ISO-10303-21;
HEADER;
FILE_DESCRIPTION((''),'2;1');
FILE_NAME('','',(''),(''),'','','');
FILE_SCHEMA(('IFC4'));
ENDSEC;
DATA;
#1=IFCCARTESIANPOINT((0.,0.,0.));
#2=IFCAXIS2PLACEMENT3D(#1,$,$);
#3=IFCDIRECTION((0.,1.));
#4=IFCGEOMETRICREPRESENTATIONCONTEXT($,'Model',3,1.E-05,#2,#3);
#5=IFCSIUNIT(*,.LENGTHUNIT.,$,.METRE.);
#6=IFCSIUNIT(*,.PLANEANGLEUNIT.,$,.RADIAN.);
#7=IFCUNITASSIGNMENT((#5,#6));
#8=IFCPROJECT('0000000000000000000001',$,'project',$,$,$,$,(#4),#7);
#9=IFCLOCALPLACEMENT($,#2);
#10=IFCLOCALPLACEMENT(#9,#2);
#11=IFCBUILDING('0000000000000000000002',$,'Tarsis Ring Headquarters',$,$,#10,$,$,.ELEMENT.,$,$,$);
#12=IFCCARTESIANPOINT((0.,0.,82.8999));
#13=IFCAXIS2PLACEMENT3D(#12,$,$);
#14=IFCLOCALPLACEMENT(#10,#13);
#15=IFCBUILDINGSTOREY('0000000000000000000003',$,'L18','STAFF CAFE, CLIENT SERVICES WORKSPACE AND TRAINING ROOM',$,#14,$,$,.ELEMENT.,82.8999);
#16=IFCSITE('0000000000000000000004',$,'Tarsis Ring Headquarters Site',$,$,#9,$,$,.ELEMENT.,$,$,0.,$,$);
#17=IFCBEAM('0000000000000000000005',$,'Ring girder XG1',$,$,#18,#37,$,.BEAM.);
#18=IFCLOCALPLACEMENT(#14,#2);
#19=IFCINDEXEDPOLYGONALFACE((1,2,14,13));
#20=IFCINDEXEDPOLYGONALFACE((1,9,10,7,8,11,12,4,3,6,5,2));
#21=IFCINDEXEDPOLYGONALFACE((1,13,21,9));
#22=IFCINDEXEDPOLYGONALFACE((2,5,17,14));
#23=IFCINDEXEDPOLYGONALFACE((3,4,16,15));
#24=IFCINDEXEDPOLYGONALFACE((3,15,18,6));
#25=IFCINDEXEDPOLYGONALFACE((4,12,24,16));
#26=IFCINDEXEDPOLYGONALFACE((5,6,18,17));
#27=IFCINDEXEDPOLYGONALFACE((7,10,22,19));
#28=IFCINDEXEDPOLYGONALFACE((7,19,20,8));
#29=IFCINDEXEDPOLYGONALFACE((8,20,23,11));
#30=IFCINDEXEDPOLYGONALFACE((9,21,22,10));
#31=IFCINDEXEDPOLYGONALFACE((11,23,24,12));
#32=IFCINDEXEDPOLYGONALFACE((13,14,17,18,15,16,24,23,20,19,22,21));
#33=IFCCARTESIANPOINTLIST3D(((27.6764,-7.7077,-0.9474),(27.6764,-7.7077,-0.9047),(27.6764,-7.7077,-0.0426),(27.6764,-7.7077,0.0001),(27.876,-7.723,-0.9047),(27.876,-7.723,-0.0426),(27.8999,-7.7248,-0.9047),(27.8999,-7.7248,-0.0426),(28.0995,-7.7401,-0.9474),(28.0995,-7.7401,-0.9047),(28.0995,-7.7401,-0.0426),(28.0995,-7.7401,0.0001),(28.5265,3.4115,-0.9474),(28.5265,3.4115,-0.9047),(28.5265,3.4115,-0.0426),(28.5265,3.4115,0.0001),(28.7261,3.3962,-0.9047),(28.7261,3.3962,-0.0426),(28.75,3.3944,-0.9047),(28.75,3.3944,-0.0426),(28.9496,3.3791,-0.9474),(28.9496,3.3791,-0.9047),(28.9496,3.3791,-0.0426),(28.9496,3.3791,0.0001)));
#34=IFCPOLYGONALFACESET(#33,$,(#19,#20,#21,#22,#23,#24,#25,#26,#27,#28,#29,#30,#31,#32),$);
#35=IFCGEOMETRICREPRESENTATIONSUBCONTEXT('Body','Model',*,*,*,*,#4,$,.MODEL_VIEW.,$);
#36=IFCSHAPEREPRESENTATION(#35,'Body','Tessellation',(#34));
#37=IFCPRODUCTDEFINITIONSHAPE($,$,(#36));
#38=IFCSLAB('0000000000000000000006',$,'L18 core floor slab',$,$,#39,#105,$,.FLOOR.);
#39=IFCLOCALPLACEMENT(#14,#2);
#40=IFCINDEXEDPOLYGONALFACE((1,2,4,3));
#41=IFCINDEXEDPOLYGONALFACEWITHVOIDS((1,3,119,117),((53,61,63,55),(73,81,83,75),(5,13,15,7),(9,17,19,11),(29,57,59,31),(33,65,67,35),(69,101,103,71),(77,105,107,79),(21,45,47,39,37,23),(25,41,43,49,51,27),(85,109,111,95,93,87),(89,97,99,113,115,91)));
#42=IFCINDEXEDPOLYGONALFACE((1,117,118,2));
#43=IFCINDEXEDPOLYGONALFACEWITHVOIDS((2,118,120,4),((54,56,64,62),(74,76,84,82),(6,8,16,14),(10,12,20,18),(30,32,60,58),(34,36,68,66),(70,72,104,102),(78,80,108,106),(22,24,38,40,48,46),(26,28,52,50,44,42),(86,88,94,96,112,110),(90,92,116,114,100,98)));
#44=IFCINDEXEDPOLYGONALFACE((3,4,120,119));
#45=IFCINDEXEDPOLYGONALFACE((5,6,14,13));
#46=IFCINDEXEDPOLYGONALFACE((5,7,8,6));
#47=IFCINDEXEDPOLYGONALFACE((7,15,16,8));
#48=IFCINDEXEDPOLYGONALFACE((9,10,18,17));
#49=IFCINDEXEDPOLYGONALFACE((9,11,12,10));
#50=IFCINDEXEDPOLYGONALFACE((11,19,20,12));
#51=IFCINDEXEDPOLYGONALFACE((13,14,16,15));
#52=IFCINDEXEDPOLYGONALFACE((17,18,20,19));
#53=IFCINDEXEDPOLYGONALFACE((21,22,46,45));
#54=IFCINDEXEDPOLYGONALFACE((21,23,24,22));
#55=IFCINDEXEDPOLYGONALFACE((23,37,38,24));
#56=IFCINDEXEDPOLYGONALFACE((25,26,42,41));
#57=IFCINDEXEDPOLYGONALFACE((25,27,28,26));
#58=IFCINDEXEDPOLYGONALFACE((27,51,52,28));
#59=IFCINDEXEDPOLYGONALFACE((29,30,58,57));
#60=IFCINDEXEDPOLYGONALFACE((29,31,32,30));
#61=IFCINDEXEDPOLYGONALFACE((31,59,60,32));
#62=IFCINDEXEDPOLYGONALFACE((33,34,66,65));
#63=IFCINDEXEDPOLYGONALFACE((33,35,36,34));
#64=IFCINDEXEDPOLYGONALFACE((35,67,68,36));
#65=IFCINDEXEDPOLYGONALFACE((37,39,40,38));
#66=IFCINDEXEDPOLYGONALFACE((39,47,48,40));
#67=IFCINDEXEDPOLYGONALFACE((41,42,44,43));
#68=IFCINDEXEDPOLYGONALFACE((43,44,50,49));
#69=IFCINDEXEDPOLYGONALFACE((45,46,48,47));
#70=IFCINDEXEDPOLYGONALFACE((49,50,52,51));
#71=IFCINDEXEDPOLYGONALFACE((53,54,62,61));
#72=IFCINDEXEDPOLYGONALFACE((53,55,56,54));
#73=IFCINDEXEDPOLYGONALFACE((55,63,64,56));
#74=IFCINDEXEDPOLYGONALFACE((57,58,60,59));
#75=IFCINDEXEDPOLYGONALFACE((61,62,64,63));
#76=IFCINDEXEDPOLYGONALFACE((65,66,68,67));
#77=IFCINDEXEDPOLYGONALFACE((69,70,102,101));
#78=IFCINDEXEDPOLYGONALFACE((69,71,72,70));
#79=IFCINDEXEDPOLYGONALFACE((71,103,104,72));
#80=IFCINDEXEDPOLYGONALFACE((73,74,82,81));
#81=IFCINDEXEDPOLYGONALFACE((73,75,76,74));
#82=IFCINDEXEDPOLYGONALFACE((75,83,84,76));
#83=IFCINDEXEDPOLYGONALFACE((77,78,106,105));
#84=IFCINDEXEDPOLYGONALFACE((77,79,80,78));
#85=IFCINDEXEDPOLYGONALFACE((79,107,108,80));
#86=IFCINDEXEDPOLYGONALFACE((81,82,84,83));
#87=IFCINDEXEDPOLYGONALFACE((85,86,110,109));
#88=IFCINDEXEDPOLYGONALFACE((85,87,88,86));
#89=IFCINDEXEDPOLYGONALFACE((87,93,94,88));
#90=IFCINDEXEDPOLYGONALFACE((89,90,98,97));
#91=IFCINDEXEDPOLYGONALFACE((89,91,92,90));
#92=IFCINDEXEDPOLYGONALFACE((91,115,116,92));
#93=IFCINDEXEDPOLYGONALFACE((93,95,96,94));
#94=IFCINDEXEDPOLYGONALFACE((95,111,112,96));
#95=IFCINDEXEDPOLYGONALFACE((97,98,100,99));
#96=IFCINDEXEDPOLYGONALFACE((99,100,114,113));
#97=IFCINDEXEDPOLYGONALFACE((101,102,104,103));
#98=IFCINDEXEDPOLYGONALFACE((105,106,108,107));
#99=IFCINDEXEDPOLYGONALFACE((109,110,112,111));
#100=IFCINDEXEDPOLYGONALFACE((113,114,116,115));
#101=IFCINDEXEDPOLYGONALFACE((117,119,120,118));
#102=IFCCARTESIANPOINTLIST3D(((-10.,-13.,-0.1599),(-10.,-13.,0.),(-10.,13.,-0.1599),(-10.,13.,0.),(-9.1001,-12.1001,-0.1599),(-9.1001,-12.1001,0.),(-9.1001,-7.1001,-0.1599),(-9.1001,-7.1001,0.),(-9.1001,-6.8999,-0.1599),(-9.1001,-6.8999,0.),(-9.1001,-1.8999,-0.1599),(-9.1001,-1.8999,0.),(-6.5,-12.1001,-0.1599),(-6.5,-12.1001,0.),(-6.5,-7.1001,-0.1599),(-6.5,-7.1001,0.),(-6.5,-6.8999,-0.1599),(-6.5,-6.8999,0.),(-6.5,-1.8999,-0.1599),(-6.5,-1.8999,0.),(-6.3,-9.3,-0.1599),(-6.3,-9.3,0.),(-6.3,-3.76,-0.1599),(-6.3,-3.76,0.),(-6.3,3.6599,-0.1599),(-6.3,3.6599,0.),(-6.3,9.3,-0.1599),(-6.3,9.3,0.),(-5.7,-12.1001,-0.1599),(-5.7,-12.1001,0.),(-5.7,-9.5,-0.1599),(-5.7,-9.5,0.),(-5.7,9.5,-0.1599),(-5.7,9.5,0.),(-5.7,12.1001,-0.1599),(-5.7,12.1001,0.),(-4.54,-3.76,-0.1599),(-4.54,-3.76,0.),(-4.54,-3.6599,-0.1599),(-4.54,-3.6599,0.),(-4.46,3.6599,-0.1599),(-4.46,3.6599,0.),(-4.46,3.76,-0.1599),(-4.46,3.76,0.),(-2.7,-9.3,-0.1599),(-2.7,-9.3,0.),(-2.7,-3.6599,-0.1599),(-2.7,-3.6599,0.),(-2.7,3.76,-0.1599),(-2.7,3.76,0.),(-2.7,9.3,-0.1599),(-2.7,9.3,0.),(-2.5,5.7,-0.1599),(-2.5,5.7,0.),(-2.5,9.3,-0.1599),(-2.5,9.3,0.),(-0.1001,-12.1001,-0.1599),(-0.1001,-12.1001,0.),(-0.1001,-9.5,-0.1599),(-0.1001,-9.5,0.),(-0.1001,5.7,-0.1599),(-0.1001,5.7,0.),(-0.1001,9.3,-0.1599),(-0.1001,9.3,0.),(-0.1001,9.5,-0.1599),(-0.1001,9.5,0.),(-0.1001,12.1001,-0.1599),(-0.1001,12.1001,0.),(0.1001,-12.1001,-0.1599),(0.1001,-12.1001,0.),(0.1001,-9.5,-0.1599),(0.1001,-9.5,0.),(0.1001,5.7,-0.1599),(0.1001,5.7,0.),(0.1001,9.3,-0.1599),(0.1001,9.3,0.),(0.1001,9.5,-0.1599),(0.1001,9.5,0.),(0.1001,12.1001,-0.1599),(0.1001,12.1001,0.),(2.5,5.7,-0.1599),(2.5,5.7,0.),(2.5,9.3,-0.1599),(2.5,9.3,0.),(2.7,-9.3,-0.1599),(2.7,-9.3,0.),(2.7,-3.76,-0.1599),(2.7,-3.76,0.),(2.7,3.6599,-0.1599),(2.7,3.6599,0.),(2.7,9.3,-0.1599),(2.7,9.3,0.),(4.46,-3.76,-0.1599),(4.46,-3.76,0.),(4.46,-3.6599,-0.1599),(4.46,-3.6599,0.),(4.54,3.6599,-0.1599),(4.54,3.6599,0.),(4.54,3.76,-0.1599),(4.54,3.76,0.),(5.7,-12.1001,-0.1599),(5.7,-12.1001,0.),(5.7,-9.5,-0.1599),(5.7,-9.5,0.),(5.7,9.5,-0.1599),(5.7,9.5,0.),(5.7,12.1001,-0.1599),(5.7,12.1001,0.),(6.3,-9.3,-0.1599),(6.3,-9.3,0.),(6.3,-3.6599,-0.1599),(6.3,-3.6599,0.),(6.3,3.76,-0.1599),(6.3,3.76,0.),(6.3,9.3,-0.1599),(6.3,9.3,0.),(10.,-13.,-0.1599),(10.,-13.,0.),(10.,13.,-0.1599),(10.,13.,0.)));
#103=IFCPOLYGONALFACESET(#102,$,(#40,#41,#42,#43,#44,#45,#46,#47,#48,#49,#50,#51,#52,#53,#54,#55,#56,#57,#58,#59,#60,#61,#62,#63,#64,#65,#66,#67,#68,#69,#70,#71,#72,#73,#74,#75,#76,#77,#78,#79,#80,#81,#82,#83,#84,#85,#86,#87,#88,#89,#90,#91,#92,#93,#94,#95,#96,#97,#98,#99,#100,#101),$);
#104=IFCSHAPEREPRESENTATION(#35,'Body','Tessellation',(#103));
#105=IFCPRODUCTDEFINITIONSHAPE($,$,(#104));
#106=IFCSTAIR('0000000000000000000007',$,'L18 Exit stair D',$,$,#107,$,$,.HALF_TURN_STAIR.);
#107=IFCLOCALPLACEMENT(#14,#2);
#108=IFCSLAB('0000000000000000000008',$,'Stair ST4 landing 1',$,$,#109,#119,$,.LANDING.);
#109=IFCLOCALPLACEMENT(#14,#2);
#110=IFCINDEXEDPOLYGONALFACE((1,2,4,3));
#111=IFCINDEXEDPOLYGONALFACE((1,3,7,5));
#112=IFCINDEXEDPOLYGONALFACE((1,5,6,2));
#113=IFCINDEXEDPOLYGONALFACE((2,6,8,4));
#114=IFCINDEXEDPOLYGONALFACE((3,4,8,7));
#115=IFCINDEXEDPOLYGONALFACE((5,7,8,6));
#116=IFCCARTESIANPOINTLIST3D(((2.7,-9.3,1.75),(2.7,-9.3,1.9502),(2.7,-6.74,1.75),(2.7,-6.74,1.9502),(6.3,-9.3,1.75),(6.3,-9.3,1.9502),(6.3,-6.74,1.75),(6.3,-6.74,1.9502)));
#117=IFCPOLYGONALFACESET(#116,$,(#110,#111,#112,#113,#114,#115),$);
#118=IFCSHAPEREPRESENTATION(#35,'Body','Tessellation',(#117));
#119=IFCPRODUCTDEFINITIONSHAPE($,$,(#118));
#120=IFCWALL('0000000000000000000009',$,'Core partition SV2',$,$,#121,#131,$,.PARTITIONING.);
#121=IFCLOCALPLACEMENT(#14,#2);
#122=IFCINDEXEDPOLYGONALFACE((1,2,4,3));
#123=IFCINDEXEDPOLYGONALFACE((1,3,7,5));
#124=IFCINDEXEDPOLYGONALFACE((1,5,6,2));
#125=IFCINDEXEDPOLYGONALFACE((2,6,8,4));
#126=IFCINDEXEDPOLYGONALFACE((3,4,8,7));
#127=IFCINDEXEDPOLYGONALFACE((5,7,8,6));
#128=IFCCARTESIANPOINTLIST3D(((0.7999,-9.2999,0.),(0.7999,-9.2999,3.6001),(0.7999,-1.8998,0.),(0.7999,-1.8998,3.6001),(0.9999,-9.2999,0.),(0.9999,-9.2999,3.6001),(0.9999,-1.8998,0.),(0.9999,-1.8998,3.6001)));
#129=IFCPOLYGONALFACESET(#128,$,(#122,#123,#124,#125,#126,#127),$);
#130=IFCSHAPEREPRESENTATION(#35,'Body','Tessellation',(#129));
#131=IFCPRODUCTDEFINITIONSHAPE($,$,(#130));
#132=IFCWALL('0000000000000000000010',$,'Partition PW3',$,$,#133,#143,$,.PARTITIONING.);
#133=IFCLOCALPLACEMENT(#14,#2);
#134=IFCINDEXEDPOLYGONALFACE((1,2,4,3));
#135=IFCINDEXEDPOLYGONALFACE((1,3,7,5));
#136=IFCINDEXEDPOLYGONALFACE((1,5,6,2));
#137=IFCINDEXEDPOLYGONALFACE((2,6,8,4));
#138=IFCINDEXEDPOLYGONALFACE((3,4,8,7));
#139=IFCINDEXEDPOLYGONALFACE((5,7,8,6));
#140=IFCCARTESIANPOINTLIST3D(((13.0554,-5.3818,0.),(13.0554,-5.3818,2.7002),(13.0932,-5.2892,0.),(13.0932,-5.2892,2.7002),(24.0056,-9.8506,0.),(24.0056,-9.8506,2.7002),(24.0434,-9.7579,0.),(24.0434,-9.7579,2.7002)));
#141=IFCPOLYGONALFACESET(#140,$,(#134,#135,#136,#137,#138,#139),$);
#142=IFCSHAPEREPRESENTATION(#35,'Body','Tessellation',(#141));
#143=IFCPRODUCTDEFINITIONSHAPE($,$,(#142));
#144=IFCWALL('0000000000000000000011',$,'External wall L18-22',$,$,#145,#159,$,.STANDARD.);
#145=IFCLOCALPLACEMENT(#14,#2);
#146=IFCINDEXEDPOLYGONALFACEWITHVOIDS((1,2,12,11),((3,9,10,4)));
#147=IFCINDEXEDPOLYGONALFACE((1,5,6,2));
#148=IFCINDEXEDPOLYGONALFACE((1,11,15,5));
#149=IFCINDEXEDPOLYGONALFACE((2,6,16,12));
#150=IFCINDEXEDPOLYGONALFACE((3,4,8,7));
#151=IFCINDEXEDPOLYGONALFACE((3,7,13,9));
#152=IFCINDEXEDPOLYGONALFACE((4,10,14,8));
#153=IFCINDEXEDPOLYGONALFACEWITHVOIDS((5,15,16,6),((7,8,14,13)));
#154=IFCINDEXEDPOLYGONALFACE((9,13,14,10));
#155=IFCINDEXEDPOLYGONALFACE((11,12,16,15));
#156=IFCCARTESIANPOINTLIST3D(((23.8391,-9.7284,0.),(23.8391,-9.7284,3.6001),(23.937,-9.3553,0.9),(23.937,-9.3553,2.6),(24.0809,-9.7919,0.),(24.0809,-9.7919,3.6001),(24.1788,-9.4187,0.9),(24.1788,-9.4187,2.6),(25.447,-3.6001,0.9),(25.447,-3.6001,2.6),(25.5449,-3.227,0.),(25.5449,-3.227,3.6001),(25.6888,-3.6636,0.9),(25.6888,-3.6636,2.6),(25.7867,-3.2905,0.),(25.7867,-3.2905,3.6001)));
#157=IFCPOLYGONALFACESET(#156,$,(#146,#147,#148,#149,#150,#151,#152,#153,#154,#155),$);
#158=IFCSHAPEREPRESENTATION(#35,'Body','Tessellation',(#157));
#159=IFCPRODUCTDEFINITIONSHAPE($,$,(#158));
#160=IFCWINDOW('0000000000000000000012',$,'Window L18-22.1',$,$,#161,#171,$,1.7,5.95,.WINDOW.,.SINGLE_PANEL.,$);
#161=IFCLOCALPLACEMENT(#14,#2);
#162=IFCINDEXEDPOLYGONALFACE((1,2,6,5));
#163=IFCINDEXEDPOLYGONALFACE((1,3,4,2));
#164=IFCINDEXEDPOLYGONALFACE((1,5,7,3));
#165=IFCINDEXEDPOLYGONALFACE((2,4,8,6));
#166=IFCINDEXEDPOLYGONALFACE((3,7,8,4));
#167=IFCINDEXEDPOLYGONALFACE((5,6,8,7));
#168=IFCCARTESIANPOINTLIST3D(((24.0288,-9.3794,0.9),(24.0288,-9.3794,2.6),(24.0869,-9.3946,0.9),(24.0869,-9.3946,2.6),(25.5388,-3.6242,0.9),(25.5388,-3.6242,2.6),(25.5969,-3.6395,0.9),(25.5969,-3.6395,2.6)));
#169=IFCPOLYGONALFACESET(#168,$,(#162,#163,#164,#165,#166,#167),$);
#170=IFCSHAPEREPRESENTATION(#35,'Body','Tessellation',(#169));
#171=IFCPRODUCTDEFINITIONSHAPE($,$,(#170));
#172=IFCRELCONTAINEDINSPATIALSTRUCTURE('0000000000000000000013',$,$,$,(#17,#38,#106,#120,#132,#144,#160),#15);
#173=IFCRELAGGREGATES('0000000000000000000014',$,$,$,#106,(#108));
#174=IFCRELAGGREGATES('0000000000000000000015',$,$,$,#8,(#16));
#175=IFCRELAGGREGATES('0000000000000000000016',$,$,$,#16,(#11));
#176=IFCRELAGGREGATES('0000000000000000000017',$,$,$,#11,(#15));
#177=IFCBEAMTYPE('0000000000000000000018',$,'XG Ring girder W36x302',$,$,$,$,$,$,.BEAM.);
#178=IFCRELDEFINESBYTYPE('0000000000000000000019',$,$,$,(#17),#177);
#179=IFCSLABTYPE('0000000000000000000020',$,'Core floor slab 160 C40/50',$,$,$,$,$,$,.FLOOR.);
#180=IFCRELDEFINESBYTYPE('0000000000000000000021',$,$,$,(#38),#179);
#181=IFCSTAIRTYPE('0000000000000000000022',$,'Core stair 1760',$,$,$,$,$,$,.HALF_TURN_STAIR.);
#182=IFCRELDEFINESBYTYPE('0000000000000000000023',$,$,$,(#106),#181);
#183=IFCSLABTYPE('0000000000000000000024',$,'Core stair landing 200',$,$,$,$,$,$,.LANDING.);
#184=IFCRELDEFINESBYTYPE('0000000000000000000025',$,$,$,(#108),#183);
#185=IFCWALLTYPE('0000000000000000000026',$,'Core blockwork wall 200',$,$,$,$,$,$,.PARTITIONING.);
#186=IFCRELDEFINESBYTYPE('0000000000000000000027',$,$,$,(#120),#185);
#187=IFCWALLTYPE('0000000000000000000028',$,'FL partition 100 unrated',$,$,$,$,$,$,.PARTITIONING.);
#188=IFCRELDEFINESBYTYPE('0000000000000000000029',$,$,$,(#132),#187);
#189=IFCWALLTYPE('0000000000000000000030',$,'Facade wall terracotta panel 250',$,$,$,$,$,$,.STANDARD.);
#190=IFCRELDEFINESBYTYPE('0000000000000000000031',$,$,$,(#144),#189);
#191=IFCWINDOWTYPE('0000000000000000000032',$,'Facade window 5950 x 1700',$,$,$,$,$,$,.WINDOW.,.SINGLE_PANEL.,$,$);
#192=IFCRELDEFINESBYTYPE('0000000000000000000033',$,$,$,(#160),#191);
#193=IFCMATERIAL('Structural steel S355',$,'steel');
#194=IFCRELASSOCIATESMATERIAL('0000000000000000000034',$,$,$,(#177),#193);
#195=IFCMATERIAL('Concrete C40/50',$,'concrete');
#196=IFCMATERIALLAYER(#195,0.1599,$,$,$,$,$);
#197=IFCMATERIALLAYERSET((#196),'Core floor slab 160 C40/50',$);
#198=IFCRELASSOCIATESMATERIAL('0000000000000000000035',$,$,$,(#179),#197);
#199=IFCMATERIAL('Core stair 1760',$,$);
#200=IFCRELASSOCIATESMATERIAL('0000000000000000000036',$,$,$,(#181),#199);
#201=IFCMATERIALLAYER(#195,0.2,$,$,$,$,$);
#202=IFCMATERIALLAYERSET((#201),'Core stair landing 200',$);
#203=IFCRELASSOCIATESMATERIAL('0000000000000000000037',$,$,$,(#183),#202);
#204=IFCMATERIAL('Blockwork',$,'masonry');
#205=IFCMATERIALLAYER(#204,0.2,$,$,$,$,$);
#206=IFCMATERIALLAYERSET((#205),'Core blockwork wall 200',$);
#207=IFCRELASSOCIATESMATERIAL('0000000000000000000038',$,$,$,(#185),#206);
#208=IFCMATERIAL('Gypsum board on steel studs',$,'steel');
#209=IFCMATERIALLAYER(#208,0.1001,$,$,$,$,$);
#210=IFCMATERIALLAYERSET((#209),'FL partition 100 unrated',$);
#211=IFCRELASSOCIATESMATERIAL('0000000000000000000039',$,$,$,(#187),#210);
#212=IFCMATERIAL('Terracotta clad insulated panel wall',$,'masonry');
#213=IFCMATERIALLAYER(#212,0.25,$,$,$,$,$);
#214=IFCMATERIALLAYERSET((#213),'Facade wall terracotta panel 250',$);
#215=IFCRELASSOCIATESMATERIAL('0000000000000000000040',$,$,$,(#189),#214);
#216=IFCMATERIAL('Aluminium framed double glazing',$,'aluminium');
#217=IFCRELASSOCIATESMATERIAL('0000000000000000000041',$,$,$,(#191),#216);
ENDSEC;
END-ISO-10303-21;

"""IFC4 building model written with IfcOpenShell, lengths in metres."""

from ifc_helpers import new_model, si_unit, direction, frame, frame_2d, origin, origin_2d, place, context, subcontext, project, spatial, polyline, rectangle, i_section, outline, extrude, material, layer, layer_set, material_profile, profile_set, type_object, element, fill, aggregate, save


model = new_model("IFC4")

# Units and contexts
model_context = context("Model", 3, precision=1e-05, world=origin(), true_north=direction((0.0, 1.0)))
body_context = subcontext(model_context, "Body", "Model", "MODEL_VIEW")
ifc_project = project(units=[si_unit("LENGTHUNIT", "METRE"), si_unit("PLANEANGLEUNIT", "RADIAN")], contexts=[model_context])

# Site, building, storey
site_placement = place(None, origin())
site = spatial("IfcSite", under=ifc_project, at=site_placement, Name="Tarsis Ring Headquarters Site", CompositionType="ELEMENT", RefElevation=0.0)
building_placement = place(site_placement, origin())
building = spatial("IfcBuilding", under=site, at=building_placement, Name="Tarsis Ring Headquarters", CompositionType="ELEMENT")
storey_placement = place(building_placement, frame((0.0, 0.0, 82.8999)))
storey = spatial("IfcBuildingStorey", under=building, at=storey_placement, Name="L18", Description="STAFF CAFE, CLIENT SERVICES WORKSPACE AND TRAINING ROOM", CompositionType="ELEMENT", Elevation=82.8999)

# Beam
ifc_material_1 = material(Name="Structural steel S355", Category="steel")
ifc_material_2 = material(Name="Concrete C40/50", Category="concrete")
ifc_material_profile_1 = material_profile(ifc_material_1, i_section(OverallWidth=0.4243, OverallDepth=0.9475, WebThickness=0.0239, FlangeThickness=0.0427, at=origin_2d()), Name="W36x302")
ifc_profile_set_1 = profile_set([ifc_material_profile_1], Name="Structural steel S355")
beam_type_1 = type_object("IfcBeamType", Name="XG Ring girder W36x302", PredefinedType="BEAM", material=ifc_profile_set_1)
beam_1_placement = place(storey_placement, frame((27.8879, -7.7239, -0.4736), z_axis=(0.076231, 0.99709, 0.0), x_axis=(-0.99709, 0.076231, 0.0)))
element("IfcBeam", 1, at=beam_1_placement, inside=storey, type_object=beam_type_1, Name="Ring girder XG1", PredefinedType="BEAM", context=body_context, shape_type="SweptSolid", body=[
    extrude(i_section(OverallWidth=0.4243, OverallDepth=0.9475, WebThickness=0.0239, FlangeThickness=0.0427, at=origin_2d()), origin(), (0.0, 0.0, 1.0), 11.1516),
])

# Slab
ifc_layer_1 = layer(ifc_material_2, 0.1599)
ifc_layer_set_1 = layer_set([ifc_layer_1], Name="Core floor slab 160 C40/50")
slab_type_1 = type_object("IfcSlabType", Name="Core floor slab 160 C40/50", PredefinedType="FLOOR", material=ifc_layer_set_1)
slab_1_placement = place(storey_placement, frame((0.0, 0.0, -0.1599)))
element("IfcSlab", 2, at=slab_1_placement, inside=storey, type_object=slab_type_1, Name="L18 core floor slab", PredefinedType="FLOOR", context=body_context, shape_type="SweptSolid", body=[
    extrude(outline(polyline([(-10.0, -13.0), (10.0, -13.0), (10.0, 13.0), (-10.0, 13.0), (-10.0, -13.0)]), holes=[polyline([(-2.5, 5.7), (-0.1001, 5.7), (-0.1001, 9.3), (-2.5, 9.3), (-2.5, 5.7)]), polyline([(0.1001, 5.7), (2.5, 5.7), (2.5, 9.3), (0.1001, 9.3), (0.1001, 5.7)]), polyline([(-9.1001, -12.1001), (-6.5, -12.1001), (-6.5, -7.1001), (-9.1001, -7.1001), (-9.1001, -12.1001)]), polyline([(-9.1001, -6.8999), (-6.5, -6.8999), (-6.5, -1.8999), (-9.1001, -1.8999), (-9.1001, -6.8999)]), polyline([(-5.7, 9.5), (-0.1001, 9.5), (-0.1001, 12.1001), (-5.7, 12.1001), (-5.7, 9.5)]), polyline([(0.1001, 9.5), (5.7, 9.5), (5.7, 12.1001), (0.1001, 12.1001), (0.1001, 9.5)]), polyline([(-5.7, -12.1001), (-0.1001, -12.1001), (-0.1001, -9.5), (-5.7, -9.5), (-5.7, -12.1001)]), polyline([(0.1001, -12.1001), (5.7, -12.1001), (5.7, -9.5), (0.1001, -9.5), (0.1001, -12.1001)]), polyline([(-2.7, 3.76), (-2.7, 9.3), (-6.3, 9.3), (-6.3, 3.6599), (-4.46, 3.6599), (-4.46, 3.76), (-2.7, 3.76)]), polyline([(6.3, 3.76), (6.3, 9.3), (2.7, 9.3), (2.7, 3.6599), (4.54, 3.6599), (4.54, 3.76), (6.3, 3.76)]), polyline([(-6.3, -3.76), (-6.3, -9.3), (-2.7, -9.3), (-2.7, -3.6599), (-4.54, -3.6599), (-4.54, -3.76), (-6.3, -3.76)]), polyline([(2.7, -3.76), (2.7, -9.3), (6.3, -9.3), (6.3, -3.6599), (4.46, -3.6599), (4.46, -3.76), (2.7, -3.76)])]), origin(), (0.0, 0.0, 1.0), 0.1599),
])

# Stair, slab
ifc_material_3 = material(Name="Core stair 1760")
stair_type = type_object("IfcStairType", Name="Core stair 1760", PredefinedType="HALF_TURN_STAIR", material=ifc_material_3)
stair_placement = place(storey_placement, origin())
stair = element("IfcStair", 3, at=stair_placement, inside=storey, type_object=stair_type, Name="L18 Exit stair D", PredefinedType="HALF_TURN_STAIR")
ifc_layer_2 = layer(ifc_material_2, 0.2)
ifc_layer_set_2 = layer_set([ifc_layer_2], Name="Core stair landing 200")
slab_type_2 = type_object("IfcSlabType", Name="Core stair landing 200", PredefinedType="LANDING", material=ifc_layer_set_2)
slab_2_placement = place(storey_placement, frame((0.0, 0.0, 1.75)))
slab_2 = element("IfcSlab", 4, at=slab_2_placement, type_object=slab_type_2, Name="Stair ST4 landing 1", PredefinedType="LANDING", context=body_context, shape_type="SweptSolid", body=[
    extrude(outline(polyline([(2.7, -6.74), (2.7, -9.3), (6.3, -9.3), (6.3, -6.74), (2.7, -6.74)])), origin(), (0.0, 0.0, 1.0), 0.2002),
])
aggregate(stair, [slab_2])

# Walls
ifc_material_4 = material(Name="Blockwork", Category="masonry")
ifc_layer_3 = layer(ifc_material_4, 0.2)
ifc_layer_set_3 = layer_set([ifc_layer_3], Name="Core blockwork wall 200")
wall_type_1 = type_object("IfcWallType", Name="Core blockwork wall 200", PredefinedType="PARTITIONING", material=ifc_layer_set_3)
wall_1_placement = place(storey_placement, frame((0.8999, -9.3, 0.0), z_axis=(0.0, 0.0, 1.0), x_axis=(0.0, 1.0, 0.0)))
element("IfcWall", 5, at=wall_1_placement, inside=storey, type_object=wall_type_1, Name="Core partition SV2", PredefinedType="PARTITIONING", context=body_context, shape_type="SweptSolid", body=[
    extrude(rectangle(XDim=7.4001, YDim=0.2, at=frame_2d((3.7002, 0.0))), origin(), (0.0, 0.0, 1.0), 3.6001),
])
ifc_material_5 = material(Name="Gypsum board on steel studs", Category="steel")
ifc_layer_4 = layer(ifc_material_5, 0.1001)
ifc_layer_set_4 = layer_set([ifc_layer_4], Name="FL partition 100 unrated")
wall_type_2 = type_object("IfcWallType", Name="FL partition 100 unrated", PredefinedType="PARTITIONING", material=ifc_layer_set_4)
wall_2_placement = place(storey_placement, frame((13.0742, -5.3354, 0.0), z_axis=(0.0, 0.0, 1.0), x_axis=(0.925869, -0.377845, 0.0)))
element("IfcWall", 6, at=wall_2_placement, inside=storey, type_object=wall_type_2, Name="Partition PW3", PredefinedType="PARTITIONING", context=body_context, shape_type="SweptSolid", body=[
    extrude(rectangle(XDim=11.8269, YDim=0.1001, at=frame_2d((5.9136, 0.0))), origin(), (0.0, 0.0, 1.0), 2.7002),
])

# Wall, opening, window
ifc_material_6 = material(Name="Terracotta clad insulated panel wall", Category="masonry")
ifc_layer_5 = layer(ifc_material_6, 0.25)
ifc_layer_set_5 = layer_set([ifc_layer_5], Name="Facade wall terracotta panel 250")
wall_type_3 = type_object("IfcWallType", Name="Facade wall terracotta panel 250", PredefinedType="STANDARD", material=ifc_layer_set_5)
wall_3_placement = place(storey_placement, frame((23.96, -9.7603, 0.0), z_axis=(0.0, 0.0, 1.0), x_axis=(0.253783, 0.967261, 0.0)))
wall_3 = element("IfcWall", 7, at=wall_3_placement, inside=storey, type_object=wall_type_3, Name="External wall L18-22", PredefinedType="STANDARD", context=body_context, shape_type="SweptSolid", body=[
    extrude(rectangle(XDim=6.7214, YDim=0.25, at=frame_2d((3.3608, 0.0))), origin(), (0.0, 0.0, 1.0), 3.6001),
])
opening_1_placement = place(wall_3_placement, frame((0.3857, 0.0, 0.8999)))
opening_1 = element("IfcOpeningElement", 8, at=opening_1_placement, cuts=wall_3, PredefinedType="OPENING", context=body_context, shape_type="SweptSolid", body=[
    extrude(rectangle(XDim=5.95, YDim=1.7, at=frame_2d((2.9751, 0.8501))), frame((0.0, 0.135, 0.0), z_axis=(0.0, -1.0, 0.0), x_axis=(1.0, 0.0, 0.0)), (0.0, 0.0, 1.0), 0.27),
])
ifc_material_7 = material(Name="Aluminium framed double glazing", Category="aluminium")
window_type = type_object("IfcWindowType", Name="Facade window 5950 x 1700", PartitioningType="SINGLE_PANEL", PredefinedType="WINDOW", material=ifc_material_7)
window_1_placement = place(opening_1_placement, origin())
window_1 = element("IfcWindow", 9, at=window_1_placement, inside=storey, type_object=window_type, Name="Window L18-22.1", OverallHeight=1.7, OverallWidth=5.95, PartitioningType="SINGLE_PANEL", PredefinedType="WINDOW", context=body_context, shape_type="SweptSolid", body=[
    extrude(rectangle(XDim=5.95, YDim=1.7, at=frame_2d((2.9751, 0.8501))), frame((0.0, 0.03, 0.0), z_axis=(0.0, -1.0, 0.0), x_axis=(1.0, 0.0, 0.0)), (0.0, 0.0, 1.0), 0.0601),
])
fill(opening_1, window_1)

save(model, "model.ifc")
